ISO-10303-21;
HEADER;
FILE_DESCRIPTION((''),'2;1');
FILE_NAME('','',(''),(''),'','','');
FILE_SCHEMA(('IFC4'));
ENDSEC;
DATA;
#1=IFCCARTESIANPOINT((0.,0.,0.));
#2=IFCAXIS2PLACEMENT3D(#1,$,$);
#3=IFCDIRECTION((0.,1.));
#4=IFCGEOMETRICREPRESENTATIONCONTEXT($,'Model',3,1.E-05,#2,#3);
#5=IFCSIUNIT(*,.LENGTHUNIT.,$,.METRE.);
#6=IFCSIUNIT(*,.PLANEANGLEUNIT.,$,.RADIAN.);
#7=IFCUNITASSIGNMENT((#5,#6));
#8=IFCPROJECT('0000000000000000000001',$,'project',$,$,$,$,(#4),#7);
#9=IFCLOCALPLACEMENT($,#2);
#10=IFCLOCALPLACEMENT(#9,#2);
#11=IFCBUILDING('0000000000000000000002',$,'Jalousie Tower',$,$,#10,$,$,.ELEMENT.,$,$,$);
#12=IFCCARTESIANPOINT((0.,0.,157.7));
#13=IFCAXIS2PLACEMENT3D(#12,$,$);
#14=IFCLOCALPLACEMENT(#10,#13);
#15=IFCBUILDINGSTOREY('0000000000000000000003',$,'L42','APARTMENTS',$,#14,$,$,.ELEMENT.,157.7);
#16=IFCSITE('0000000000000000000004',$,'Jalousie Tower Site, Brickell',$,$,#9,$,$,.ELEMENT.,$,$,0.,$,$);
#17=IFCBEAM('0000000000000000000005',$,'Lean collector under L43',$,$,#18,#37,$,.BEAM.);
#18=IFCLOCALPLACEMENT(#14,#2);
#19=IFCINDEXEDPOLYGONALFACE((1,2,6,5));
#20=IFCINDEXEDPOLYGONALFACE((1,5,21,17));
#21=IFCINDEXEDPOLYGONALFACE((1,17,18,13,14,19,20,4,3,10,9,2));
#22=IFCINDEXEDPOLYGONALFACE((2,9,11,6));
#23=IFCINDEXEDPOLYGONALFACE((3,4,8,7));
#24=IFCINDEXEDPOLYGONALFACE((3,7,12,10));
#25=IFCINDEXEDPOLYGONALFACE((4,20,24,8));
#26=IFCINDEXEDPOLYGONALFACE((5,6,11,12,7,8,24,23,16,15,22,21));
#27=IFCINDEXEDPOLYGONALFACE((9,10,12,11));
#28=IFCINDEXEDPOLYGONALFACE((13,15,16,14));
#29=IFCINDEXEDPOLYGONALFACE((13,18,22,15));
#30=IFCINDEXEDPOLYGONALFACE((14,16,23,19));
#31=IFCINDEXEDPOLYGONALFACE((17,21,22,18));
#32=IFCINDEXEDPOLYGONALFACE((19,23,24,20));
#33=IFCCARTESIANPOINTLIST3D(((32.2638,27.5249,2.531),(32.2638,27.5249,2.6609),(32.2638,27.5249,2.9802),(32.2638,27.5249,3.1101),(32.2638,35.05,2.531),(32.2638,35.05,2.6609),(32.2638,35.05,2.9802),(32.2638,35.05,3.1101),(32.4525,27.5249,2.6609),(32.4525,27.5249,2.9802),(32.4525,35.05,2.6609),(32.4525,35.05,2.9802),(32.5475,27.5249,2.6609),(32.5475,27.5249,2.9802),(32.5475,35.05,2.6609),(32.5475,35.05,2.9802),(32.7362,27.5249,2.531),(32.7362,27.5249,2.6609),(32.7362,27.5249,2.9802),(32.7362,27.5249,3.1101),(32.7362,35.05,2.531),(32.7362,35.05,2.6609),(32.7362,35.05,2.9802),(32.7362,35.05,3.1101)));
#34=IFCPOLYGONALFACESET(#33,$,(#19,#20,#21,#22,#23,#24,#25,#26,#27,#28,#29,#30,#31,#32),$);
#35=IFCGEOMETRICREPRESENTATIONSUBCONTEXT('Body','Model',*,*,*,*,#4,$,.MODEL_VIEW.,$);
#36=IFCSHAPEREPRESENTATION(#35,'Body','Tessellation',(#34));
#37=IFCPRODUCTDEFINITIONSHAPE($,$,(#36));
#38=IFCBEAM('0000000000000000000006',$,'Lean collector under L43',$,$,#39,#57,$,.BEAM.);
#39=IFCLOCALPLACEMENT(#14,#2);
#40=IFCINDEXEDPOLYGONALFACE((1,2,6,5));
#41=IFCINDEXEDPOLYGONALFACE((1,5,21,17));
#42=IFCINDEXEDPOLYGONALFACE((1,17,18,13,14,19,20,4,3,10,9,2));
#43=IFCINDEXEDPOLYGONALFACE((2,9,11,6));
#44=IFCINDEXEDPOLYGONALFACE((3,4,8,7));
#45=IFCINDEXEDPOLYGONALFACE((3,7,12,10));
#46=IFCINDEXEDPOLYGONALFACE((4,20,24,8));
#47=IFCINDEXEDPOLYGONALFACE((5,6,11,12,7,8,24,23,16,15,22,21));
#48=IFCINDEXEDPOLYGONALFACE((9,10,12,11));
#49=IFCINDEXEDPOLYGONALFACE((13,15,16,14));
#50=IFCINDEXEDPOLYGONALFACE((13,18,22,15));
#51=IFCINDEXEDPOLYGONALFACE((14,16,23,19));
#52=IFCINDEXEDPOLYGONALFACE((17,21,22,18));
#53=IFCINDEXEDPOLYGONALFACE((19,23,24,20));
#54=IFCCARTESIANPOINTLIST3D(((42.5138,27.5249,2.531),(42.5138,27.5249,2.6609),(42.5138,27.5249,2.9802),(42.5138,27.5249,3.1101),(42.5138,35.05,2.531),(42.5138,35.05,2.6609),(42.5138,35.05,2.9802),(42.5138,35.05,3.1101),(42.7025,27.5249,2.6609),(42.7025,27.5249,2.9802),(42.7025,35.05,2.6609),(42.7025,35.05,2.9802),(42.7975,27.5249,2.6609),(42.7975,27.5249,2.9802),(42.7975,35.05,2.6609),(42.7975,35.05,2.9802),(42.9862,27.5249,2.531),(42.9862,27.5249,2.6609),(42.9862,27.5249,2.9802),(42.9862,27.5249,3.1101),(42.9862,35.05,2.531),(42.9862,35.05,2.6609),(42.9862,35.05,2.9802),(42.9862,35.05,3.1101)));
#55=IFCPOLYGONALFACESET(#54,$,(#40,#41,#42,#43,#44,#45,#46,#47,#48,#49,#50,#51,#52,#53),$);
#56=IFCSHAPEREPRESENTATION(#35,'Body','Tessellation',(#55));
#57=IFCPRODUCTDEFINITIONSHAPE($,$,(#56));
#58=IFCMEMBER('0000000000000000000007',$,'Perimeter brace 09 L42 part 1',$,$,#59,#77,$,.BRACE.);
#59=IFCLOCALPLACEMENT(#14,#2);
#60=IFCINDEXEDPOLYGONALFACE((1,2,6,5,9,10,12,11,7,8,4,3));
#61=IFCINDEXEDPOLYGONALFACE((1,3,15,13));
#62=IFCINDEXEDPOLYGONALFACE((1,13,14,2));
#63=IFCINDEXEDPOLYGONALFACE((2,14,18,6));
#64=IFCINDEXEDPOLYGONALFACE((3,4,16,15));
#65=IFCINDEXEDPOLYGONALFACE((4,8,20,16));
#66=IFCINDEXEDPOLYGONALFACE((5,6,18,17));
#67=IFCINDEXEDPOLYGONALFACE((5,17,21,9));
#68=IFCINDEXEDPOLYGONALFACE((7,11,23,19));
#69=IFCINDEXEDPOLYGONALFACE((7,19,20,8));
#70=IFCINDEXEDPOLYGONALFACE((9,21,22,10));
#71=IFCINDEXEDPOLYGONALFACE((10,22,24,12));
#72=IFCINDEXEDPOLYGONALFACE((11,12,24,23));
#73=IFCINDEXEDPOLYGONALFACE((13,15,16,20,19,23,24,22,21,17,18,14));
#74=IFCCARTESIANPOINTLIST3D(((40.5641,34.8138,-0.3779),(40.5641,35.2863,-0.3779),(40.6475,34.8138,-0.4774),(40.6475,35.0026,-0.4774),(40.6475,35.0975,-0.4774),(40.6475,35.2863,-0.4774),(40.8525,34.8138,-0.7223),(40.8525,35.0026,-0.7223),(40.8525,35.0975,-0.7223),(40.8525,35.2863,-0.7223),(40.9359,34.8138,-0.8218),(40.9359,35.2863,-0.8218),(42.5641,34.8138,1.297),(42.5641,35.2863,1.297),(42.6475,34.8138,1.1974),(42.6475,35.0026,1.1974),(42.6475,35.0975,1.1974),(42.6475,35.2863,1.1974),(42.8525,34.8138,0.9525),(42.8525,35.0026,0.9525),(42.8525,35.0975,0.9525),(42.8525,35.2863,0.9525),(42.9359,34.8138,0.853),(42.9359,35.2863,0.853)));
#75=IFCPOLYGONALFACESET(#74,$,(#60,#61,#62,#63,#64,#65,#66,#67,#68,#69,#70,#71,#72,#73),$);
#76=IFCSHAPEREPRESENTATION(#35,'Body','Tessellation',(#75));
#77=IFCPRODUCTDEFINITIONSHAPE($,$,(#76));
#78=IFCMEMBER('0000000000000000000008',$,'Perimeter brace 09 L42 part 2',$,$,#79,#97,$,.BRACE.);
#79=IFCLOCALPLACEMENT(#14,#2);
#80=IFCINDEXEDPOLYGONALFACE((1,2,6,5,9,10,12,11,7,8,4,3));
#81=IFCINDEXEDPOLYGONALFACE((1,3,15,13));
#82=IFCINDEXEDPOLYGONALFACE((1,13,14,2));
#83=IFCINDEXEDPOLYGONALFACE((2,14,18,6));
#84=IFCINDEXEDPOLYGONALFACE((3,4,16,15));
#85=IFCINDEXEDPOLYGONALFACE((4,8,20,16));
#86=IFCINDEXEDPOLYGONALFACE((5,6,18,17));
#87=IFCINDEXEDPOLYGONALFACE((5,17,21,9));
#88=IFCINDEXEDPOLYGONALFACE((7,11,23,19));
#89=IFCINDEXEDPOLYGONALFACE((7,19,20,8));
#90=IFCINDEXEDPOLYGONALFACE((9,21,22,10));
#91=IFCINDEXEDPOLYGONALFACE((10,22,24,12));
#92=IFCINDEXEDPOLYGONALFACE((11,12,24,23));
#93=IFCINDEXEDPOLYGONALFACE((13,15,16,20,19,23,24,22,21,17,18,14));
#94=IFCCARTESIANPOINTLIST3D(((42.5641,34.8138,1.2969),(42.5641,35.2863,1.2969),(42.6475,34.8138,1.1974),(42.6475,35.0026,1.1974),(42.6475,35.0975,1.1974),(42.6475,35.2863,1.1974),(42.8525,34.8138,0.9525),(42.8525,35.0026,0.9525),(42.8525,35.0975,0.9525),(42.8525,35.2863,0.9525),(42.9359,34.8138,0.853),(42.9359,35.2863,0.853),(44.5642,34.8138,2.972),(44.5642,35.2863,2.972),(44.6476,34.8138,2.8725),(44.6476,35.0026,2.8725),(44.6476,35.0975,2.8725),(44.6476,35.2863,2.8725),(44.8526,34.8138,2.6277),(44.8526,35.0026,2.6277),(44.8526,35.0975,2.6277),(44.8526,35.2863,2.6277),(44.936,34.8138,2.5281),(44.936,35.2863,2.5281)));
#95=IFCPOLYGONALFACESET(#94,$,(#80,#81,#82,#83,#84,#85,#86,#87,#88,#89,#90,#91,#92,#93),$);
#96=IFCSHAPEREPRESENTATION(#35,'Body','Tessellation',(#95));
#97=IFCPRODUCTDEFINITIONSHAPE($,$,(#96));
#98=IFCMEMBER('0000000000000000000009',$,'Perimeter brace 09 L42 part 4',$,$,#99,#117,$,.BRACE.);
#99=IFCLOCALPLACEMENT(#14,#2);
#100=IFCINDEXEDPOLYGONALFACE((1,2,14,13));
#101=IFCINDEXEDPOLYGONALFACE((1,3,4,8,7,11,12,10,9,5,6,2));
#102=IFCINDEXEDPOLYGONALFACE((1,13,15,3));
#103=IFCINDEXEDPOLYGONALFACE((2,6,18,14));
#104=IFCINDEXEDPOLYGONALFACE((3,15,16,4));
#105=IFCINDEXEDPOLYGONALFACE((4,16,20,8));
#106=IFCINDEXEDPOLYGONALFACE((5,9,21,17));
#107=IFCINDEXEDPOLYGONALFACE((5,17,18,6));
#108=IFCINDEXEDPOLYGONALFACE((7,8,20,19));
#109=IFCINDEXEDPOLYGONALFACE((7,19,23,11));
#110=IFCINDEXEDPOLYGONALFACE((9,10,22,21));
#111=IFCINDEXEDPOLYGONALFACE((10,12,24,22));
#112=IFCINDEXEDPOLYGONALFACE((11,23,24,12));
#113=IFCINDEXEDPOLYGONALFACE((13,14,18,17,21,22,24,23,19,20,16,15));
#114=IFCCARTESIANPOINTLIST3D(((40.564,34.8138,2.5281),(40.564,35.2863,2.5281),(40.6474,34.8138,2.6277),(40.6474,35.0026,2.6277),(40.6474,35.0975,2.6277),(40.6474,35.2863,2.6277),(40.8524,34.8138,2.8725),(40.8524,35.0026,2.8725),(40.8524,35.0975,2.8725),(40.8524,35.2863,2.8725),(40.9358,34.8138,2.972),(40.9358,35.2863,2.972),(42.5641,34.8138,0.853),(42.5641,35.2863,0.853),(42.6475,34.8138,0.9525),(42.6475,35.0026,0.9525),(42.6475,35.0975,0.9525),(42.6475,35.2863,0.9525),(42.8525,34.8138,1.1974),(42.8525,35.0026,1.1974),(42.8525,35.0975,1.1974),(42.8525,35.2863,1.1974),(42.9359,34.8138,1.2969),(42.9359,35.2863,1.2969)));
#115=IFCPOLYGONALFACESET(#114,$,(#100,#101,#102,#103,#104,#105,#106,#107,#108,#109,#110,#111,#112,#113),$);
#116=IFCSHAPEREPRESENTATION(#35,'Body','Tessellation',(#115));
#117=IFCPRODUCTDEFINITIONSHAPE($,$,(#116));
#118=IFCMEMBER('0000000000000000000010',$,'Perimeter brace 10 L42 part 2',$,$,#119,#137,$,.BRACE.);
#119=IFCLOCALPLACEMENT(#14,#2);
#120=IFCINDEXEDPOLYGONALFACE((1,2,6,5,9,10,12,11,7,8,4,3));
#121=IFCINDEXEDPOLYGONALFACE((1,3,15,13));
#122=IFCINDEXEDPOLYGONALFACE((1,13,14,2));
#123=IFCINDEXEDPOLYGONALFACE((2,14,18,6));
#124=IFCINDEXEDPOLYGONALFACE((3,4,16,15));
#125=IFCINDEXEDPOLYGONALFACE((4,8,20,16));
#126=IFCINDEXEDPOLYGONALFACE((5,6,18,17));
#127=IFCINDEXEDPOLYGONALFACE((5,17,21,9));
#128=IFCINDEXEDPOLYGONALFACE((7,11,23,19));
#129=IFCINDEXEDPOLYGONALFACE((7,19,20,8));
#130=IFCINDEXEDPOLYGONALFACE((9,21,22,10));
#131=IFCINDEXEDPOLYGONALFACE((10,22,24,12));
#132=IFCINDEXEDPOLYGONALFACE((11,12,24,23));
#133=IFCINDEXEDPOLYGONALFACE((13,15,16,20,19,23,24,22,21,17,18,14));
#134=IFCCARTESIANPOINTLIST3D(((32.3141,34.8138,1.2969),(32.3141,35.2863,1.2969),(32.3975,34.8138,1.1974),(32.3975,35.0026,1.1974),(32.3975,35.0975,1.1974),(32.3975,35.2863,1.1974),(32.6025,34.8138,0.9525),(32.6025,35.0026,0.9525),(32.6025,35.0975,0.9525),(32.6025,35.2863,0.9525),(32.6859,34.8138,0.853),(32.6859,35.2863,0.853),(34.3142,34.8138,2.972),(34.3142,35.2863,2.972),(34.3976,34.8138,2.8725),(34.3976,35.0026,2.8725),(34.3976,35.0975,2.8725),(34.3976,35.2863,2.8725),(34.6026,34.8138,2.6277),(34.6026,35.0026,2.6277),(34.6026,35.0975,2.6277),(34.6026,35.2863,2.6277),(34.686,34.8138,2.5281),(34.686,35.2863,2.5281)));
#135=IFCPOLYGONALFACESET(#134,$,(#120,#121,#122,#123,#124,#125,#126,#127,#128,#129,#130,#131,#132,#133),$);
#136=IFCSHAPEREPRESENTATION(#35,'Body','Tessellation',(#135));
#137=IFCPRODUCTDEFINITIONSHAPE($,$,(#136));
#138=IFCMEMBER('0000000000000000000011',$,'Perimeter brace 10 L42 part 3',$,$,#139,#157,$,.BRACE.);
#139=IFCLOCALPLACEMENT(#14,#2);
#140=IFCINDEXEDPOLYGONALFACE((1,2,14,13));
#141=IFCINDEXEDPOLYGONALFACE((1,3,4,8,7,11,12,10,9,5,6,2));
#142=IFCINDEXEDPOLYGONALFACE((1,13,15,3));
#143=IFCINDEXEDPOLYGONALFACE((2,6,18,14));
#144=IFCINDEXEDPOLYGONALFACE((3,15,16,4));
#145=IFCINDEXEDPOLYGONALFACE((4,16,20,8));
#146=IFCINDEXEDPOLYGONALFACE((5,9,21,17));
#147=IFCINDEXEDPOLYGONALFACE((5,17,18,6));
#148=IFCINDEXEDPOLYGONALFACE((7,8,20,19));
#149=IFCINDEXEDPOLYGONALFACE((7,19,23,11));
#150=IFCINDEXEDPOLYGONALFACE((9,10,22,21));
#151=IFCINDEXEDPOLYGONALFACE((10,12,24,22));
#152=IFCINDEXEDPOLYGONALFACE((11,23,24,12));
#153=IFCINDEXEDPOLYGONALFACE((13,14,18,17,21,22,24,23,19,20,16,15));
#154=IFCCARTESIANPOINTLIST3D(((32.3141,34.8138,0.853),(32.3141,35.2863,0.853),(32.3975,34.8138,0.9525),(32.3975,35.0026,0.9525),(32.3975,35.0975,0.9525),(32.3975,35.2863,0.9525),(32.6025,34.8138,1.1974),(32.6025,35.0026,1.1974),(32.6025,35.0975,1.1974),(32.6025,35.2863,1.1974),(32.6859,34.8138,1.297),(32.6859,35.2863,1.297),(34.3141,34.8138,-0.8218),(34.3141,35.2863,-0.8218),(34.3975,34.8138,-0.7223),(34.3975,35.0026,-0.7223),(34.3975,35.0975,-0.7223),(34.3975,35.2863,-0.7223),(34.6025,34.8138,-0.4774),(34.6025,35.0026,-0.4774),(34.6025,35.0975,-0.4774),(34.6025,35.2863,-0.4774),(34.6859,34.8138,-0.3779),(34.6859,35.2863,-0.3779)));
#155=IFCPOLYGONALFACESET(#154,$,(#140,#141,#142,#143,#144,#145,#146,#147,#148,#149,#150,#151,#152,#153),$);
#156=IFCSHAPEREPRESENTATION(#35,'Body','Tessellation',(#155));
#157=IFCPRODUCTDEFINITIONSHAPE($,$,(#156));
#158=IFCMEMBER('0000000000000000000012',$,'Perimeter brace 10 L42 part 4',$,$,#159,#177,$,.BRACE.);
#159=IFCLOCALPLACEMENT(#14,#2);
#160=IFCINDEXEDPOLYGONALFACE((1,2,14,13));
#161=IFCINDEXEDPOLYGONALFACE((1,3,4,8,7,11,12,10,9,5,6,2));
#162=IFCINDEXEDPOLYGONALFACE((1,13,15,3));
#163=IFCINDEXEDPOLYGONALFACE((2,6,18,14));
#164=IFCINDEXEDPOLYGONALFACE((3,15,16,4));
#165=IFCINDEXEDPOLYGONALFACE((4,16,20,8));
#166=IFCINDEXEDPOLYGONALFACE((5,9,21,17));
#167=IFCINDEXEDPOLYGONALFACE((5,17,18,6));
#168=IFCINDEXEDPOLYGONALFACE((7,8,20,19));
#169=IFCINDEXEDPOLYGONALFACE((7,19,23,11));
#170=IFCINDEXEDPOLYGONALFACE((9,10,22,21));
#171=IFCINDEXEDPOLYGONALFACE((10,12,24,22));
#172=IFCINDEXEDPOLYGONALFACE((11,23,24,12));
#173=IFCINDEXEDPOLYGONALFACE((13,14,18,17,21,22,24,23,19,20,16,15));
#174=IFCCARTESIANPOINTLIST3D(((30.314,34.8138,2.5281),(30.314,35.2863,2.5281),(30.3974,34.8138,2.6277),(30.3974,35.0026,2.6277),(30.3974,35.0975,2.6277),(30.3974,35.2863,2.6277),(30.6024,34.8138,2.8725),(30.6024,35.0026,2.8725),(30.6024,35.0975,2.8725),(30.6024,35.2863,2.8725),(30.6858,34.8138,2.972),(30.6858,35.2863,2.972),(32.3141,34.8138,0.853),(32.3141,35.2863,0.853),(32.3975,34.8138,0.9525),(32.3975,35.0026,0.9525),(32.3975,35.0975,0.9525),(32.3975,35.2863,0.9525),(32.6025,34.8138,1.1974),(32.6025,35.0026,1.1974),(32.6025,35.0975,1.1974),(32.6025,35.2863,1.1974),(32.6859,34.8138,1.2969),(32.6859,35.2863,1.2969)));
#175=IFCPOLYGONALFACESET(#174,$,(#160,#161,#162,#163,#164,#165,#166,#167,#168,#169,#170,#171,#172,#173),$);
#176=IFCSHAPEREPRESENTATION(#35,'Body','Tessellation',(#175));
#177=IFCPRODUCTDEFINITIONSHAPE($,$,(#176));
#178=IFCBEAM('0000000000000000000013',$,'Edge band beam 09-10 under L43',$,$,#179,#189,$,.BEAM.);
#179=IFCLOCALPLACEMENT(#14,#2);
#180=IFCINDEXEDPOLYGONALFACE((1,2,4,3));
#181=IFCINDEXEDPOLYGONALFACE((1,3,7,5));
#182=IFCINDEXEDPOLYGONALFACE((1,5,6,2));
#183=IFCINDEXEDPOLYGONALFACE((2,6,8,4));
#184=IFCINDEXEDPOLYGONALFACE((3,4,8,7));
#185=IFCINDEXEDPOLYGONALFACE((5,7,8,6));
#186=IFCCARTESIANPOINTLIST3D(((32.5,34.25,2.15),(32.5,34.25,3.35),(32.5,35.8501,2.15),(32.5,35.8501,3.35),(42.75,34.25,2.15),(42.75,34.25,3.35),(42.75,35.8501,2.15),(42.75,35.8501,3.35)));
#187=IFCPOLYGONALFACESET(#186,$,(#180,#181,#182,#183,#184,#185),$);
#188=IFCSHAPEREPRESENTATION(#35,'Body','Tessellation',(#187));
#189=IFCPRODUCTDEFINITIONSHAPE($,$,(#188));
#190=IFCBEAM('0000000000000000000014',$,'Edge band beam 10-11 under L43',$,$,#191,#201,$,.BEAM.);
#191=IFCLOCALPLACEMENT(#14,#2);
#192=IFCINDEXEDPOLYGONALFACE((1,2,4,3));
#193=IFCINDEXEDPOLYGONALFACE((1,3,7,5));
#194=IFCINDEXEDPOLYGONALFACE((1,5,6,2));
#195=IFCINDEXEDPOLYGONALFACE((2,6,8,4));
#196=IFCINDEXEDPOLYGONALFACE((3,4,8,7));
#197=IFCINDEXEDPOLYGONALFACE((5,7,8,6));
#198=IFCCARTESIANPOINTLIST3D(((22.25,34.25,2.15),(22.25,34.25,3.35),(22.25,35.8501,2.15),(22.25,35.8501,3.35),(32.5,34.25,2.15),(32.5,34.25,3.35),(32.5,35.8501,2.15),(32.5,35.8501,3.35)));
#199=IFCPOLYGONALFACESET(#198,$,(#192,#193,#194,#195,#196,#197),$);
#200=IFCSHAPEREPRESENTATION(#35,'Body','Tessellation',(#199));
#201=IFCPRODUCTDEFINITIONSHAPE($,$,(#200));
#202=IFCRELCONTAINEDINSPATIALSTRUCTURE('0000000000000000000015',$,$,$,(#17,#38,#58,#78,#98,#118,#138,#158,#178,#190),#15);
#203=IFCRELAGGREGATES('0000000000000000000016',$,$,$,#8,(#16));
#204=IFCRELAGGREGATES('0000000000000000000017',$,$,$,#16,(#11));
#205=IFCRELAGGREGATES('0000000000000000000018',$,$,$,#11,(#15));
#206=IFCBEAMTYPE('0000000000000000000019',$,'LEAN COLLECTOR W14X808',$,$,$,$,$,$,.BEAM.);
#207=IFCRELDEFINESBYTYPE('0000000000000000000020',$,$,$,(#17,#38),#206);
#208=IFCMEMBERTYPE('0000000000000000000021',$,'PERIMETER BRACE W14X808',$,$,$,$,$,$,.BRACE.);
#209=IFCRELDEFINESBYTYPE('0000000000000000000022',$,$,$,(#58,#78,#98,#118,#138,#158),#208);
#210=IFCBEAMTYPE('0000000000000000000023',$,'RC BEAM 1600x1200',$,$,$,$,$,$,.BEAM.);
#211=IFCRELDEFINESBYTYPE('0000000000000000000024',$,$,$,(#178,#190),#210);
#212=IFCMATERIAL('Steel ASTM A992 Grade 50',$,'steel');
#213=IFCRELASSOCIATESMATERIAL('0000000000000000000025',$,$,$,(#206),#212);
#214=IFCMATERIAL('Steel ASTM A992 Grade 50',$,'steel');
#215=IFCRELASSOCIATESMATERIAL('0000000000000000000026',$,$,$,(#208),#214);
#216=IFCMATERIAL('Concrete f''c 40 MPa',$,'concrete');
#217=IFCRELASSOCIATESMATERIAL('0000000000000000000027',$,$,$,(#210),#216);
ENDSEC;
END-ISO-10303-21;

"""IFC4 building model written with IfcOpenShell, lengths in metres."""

from ifc_helpers import new_model, si_unit, direction, frame, origin, origin_2d, place, context, subcontext, project, spatial, rectangle, i_section, extrude, material, material_profile, profile_set, type_object, element, save


model = new_model("IFC4")

# Units and contexts
model_context = context("Model", 3, precision=1e-05, world=origin(), true_north=direction((0.0, 1.0)))
body_context = subcontext(model_context, "Body", "Model", "MODEL_VIEW")
ifc_project = project(units=[si_unit("LENGTHUNIT", "METRE"), si_unit("PLANEANGLEUNIT", "RADIAN")], contexts=[model_context])

# Site, building, storey
site_placement = place(None, origin())
site = spatial("IfcSite", under=ifc_project, at=site_placement, Name="Jalousie Tower Site, Brickell", CompositionType="ELEMENT", RefElevation=0.0)
building_placement = place(site_placement, origin())
building = spatial("IfcBuilding", under=site, at=building_placement, Name="Jalousie Tower", CompositionType="ELEMENT")
storey_placement = place(building_placement, frame((0.0, 0.0, 157.7)))
storey = spatial("IfcBuildingStorey", under=building, at=storey_placement, Name="L42", Description="APARTMENTS", CompositionType="ELEMENT", Elevation=157.7)

# Beams
ifc_material_1 = material(Name="Steel ASTM A992 Grade 50", Category="steel")
ifc_material_profile_1 = material_profile(ifc_material_1, i_section(OverallWidth=0.4724, OverallDepth=0.5791, WebThickness=0.095, FlangeThickness=0.1299, at=origin_2d()), Name="W14X808")
ifc_profile_set_1 = profile_set([ifc_material_profile_1], Name="Steel ASTM A992 Grade 50")
beam_type_1 = type_object("IfcBeamType", Name="LEAN COLLECTOR W14X808", PredefinedType="BEAM", material=ifc_profile_set_1)
for number, where, z_axis, x_axis, name in (
    (1, (32.5, 35.05, 2.8206), (0.0, -1.0, 0.0), (1.0, 0.0, 0.0), "Lean collector under L43"),
    (2, (42.75, 35.05, 2.8206), (0.0, -1.0, 0.0), (1.0, 0.0, 0.0), "Lean collector under L43"),
):
    element("IfcBeam", number, at=place(storey_placement, frame(where, z_axis=z_axis, x_axis=x_axis)), inside=storey, type_object=beam_type_1, Name=name, PredefinedType="BEAM", context=body_context, shape_type="SweptSolid", body=[
        extrude(i_section(OverallWidth=0.4724, OverallDepth=0.5791, WebThickness=0.095, FlangeThickness=0.1299, at=origin_2d()), origin(), (0.0, 0.0, 1.0), 7.5251),
    ])

# Members
ifc_material_2 = material(Name="Steel ASTM A992 Grade 50", Category="steel")
ifc_material_profile_2 = material_profile(ifc_material_2, i_section(OverallWidth=0.4724, OverallDepth=0.5791, WebThickness=0.095, FlangeThickness=0.1299, at=origin_2d()), Name="W14X808")
ifc_profile_set_2 = profile_set([ifc_material_profile_2], Name="Steel ASTM A992 Grade 50")
member_type_1 = type_object("IfcMemberType", Name="PERIMETER BRACE W14X808", PredefinedType="BRACE", material=ifc_profile_set_2)
member_1_placement = place(storey_placement, frame((40.75, 35.05, -0.5999), z_axis=(0.766685, 0.0, 0.642024), x_axis=(0.0, 1.0, 0.0)))
element("IfcMember", 3, at=member_1_placement, inside=storey, type_object=member_type_1, Name="Perimeter brace 09 L42 part 1", PredefinedType="BRACE", context=body_context, shape_type="SweptSolid", body=[
    extrude(i_section(OverallWidth=0.4724, OverallDepth=0.5791, WebThickness=0.095, FlangeThickness=0.1299, at=origin_2d()), origin(), (0.0, 0.0, 1.0), 2.6086),
])
for number, where, z_axis, x_axis, name in (
    (4, (42.75, 35.05, 1.075), (0.766639, 0.0, 0.642079), (0.0, 1.0, 0.0), "Perimeter brace 09 L42 part 2"),
    (5, (42.75, 35.05, 1.075), (-0.766639, 0.0, 0.642079), (0.0, -1.0, 0.0), "Perimeter brace 09 L42 part 4"),
    (6, (32.5, 35.05, 1.075), (0.766639, 0.0, 0.642079), (0.0, 1.0, 0.0), "Perimeter brace 10 L42 part 2"),
):
    element("IfcMember", number, at=place(storey_placement, frame(where, z_axis=z_axis, x_axis=x_axis)), inside=storey, type_object=member_type_1, Name=name, PredefinedType="BRACE", context=body_context, shape_type="SweptSolid", body=[
        extrude(i_section(OverallWidth=0.4724, OverallDepth=0.5791, WebThickness=0.095, FlangeThickness=0.1299, at=origin_2d()), origin(), (0.0, 0.0, 1.0), 2.6089),
    ])
member_2_placement = place(storey_placement, frame((34.5, 35.05, -0.5999), z_axis=(-0.766685, 0.0, 0.642024), x_axis=(0.0, -1.0, 0.0)))
element("IfcMember", 7, at=member_2_placement, inside=storey, type_object=member_type_1, Name="Perimeter brace 10 L42 part 3", PredefinedType="BRACE", context=body_context, shape_type="SweptSolid", body=[
    extrude(i_section(OverallWidth=0.4724, OverallDepth=0.5791, WebThickness=0.095, FlangeThickness=0.1299, at=origin_2d()), origin(), (0.0, 0.0, 1.0), 2.6086),
])
member_3_placement = place(storey_placement, frame((32.5, 35.05, 1.075), z_axis=(-0.766639, 0.0, 0.642079), x_axis=(0.0, -1.0, 0.0)))
element("IfcMember", 8, at=member_3_placement, inside=storey, type_object=member_type_1, Name="Perimeter brace 10 L42 part 4", PredefinedType="BRACE", context=body_context, shape_type="SweptSolid", body=[
    extrude(i_section(OverallWidth=0.4724, OverallDepth=0.5791, WebThickness=0.095, FlangeThickness=0.1299, at=origin_2d()), origin(), (0.0, 0.0, 1.0), 2.6089),
])

# Beams
ifc_material_3 = material(Name="Concrete f'c 40 MPa", Category="concrete")
ifc_material_profile_3 = material_profile(ifc_material_3, rectangle(XDim=1.6001, YDim=1.2, at=origin_2d()), Name="RC 1600x1200")
ifc_profile_set_3 = profile_set([ifc_material_profile_3], Name="Concrete f'c 40 MPa")
beam_type_2 = type_object("IfcBeamType", Name="RC BEAM 1600x1200", PredefinedType="BEAM", material=ifc_profile_set_3)
for number, where, z_axis, x_axis, name in (
    (9, (42.75, 35.05, 2.75), (-1.0, 0.0, 0.0), (0.0, -1.0, 0.0), "Edge band beam 09-10 under L43"),
    (10, (32.5, 35.05, 2.75), (-1.0, 0.0, 0.0), (0.0, -1.0, 0.0), "Edge band beam 10-11 under L43"),
):
    element("IfcBeam", number, at=place(storey_placement, frame(where, z_axis=z_axis, x_axis=x_axis)), inside=storey, type_object=beam_type_2, Name=name, PredefinedType="BEAM", context=body_context, shape_type="SweptSolid", body=[
        extrude(rectangle(XDim=1.6001, YDim=1.2, at=origin_2d()), origin(), (0.0, 0.0, 1.0), 10.25),
    ])

save(model, "model.ifc")
